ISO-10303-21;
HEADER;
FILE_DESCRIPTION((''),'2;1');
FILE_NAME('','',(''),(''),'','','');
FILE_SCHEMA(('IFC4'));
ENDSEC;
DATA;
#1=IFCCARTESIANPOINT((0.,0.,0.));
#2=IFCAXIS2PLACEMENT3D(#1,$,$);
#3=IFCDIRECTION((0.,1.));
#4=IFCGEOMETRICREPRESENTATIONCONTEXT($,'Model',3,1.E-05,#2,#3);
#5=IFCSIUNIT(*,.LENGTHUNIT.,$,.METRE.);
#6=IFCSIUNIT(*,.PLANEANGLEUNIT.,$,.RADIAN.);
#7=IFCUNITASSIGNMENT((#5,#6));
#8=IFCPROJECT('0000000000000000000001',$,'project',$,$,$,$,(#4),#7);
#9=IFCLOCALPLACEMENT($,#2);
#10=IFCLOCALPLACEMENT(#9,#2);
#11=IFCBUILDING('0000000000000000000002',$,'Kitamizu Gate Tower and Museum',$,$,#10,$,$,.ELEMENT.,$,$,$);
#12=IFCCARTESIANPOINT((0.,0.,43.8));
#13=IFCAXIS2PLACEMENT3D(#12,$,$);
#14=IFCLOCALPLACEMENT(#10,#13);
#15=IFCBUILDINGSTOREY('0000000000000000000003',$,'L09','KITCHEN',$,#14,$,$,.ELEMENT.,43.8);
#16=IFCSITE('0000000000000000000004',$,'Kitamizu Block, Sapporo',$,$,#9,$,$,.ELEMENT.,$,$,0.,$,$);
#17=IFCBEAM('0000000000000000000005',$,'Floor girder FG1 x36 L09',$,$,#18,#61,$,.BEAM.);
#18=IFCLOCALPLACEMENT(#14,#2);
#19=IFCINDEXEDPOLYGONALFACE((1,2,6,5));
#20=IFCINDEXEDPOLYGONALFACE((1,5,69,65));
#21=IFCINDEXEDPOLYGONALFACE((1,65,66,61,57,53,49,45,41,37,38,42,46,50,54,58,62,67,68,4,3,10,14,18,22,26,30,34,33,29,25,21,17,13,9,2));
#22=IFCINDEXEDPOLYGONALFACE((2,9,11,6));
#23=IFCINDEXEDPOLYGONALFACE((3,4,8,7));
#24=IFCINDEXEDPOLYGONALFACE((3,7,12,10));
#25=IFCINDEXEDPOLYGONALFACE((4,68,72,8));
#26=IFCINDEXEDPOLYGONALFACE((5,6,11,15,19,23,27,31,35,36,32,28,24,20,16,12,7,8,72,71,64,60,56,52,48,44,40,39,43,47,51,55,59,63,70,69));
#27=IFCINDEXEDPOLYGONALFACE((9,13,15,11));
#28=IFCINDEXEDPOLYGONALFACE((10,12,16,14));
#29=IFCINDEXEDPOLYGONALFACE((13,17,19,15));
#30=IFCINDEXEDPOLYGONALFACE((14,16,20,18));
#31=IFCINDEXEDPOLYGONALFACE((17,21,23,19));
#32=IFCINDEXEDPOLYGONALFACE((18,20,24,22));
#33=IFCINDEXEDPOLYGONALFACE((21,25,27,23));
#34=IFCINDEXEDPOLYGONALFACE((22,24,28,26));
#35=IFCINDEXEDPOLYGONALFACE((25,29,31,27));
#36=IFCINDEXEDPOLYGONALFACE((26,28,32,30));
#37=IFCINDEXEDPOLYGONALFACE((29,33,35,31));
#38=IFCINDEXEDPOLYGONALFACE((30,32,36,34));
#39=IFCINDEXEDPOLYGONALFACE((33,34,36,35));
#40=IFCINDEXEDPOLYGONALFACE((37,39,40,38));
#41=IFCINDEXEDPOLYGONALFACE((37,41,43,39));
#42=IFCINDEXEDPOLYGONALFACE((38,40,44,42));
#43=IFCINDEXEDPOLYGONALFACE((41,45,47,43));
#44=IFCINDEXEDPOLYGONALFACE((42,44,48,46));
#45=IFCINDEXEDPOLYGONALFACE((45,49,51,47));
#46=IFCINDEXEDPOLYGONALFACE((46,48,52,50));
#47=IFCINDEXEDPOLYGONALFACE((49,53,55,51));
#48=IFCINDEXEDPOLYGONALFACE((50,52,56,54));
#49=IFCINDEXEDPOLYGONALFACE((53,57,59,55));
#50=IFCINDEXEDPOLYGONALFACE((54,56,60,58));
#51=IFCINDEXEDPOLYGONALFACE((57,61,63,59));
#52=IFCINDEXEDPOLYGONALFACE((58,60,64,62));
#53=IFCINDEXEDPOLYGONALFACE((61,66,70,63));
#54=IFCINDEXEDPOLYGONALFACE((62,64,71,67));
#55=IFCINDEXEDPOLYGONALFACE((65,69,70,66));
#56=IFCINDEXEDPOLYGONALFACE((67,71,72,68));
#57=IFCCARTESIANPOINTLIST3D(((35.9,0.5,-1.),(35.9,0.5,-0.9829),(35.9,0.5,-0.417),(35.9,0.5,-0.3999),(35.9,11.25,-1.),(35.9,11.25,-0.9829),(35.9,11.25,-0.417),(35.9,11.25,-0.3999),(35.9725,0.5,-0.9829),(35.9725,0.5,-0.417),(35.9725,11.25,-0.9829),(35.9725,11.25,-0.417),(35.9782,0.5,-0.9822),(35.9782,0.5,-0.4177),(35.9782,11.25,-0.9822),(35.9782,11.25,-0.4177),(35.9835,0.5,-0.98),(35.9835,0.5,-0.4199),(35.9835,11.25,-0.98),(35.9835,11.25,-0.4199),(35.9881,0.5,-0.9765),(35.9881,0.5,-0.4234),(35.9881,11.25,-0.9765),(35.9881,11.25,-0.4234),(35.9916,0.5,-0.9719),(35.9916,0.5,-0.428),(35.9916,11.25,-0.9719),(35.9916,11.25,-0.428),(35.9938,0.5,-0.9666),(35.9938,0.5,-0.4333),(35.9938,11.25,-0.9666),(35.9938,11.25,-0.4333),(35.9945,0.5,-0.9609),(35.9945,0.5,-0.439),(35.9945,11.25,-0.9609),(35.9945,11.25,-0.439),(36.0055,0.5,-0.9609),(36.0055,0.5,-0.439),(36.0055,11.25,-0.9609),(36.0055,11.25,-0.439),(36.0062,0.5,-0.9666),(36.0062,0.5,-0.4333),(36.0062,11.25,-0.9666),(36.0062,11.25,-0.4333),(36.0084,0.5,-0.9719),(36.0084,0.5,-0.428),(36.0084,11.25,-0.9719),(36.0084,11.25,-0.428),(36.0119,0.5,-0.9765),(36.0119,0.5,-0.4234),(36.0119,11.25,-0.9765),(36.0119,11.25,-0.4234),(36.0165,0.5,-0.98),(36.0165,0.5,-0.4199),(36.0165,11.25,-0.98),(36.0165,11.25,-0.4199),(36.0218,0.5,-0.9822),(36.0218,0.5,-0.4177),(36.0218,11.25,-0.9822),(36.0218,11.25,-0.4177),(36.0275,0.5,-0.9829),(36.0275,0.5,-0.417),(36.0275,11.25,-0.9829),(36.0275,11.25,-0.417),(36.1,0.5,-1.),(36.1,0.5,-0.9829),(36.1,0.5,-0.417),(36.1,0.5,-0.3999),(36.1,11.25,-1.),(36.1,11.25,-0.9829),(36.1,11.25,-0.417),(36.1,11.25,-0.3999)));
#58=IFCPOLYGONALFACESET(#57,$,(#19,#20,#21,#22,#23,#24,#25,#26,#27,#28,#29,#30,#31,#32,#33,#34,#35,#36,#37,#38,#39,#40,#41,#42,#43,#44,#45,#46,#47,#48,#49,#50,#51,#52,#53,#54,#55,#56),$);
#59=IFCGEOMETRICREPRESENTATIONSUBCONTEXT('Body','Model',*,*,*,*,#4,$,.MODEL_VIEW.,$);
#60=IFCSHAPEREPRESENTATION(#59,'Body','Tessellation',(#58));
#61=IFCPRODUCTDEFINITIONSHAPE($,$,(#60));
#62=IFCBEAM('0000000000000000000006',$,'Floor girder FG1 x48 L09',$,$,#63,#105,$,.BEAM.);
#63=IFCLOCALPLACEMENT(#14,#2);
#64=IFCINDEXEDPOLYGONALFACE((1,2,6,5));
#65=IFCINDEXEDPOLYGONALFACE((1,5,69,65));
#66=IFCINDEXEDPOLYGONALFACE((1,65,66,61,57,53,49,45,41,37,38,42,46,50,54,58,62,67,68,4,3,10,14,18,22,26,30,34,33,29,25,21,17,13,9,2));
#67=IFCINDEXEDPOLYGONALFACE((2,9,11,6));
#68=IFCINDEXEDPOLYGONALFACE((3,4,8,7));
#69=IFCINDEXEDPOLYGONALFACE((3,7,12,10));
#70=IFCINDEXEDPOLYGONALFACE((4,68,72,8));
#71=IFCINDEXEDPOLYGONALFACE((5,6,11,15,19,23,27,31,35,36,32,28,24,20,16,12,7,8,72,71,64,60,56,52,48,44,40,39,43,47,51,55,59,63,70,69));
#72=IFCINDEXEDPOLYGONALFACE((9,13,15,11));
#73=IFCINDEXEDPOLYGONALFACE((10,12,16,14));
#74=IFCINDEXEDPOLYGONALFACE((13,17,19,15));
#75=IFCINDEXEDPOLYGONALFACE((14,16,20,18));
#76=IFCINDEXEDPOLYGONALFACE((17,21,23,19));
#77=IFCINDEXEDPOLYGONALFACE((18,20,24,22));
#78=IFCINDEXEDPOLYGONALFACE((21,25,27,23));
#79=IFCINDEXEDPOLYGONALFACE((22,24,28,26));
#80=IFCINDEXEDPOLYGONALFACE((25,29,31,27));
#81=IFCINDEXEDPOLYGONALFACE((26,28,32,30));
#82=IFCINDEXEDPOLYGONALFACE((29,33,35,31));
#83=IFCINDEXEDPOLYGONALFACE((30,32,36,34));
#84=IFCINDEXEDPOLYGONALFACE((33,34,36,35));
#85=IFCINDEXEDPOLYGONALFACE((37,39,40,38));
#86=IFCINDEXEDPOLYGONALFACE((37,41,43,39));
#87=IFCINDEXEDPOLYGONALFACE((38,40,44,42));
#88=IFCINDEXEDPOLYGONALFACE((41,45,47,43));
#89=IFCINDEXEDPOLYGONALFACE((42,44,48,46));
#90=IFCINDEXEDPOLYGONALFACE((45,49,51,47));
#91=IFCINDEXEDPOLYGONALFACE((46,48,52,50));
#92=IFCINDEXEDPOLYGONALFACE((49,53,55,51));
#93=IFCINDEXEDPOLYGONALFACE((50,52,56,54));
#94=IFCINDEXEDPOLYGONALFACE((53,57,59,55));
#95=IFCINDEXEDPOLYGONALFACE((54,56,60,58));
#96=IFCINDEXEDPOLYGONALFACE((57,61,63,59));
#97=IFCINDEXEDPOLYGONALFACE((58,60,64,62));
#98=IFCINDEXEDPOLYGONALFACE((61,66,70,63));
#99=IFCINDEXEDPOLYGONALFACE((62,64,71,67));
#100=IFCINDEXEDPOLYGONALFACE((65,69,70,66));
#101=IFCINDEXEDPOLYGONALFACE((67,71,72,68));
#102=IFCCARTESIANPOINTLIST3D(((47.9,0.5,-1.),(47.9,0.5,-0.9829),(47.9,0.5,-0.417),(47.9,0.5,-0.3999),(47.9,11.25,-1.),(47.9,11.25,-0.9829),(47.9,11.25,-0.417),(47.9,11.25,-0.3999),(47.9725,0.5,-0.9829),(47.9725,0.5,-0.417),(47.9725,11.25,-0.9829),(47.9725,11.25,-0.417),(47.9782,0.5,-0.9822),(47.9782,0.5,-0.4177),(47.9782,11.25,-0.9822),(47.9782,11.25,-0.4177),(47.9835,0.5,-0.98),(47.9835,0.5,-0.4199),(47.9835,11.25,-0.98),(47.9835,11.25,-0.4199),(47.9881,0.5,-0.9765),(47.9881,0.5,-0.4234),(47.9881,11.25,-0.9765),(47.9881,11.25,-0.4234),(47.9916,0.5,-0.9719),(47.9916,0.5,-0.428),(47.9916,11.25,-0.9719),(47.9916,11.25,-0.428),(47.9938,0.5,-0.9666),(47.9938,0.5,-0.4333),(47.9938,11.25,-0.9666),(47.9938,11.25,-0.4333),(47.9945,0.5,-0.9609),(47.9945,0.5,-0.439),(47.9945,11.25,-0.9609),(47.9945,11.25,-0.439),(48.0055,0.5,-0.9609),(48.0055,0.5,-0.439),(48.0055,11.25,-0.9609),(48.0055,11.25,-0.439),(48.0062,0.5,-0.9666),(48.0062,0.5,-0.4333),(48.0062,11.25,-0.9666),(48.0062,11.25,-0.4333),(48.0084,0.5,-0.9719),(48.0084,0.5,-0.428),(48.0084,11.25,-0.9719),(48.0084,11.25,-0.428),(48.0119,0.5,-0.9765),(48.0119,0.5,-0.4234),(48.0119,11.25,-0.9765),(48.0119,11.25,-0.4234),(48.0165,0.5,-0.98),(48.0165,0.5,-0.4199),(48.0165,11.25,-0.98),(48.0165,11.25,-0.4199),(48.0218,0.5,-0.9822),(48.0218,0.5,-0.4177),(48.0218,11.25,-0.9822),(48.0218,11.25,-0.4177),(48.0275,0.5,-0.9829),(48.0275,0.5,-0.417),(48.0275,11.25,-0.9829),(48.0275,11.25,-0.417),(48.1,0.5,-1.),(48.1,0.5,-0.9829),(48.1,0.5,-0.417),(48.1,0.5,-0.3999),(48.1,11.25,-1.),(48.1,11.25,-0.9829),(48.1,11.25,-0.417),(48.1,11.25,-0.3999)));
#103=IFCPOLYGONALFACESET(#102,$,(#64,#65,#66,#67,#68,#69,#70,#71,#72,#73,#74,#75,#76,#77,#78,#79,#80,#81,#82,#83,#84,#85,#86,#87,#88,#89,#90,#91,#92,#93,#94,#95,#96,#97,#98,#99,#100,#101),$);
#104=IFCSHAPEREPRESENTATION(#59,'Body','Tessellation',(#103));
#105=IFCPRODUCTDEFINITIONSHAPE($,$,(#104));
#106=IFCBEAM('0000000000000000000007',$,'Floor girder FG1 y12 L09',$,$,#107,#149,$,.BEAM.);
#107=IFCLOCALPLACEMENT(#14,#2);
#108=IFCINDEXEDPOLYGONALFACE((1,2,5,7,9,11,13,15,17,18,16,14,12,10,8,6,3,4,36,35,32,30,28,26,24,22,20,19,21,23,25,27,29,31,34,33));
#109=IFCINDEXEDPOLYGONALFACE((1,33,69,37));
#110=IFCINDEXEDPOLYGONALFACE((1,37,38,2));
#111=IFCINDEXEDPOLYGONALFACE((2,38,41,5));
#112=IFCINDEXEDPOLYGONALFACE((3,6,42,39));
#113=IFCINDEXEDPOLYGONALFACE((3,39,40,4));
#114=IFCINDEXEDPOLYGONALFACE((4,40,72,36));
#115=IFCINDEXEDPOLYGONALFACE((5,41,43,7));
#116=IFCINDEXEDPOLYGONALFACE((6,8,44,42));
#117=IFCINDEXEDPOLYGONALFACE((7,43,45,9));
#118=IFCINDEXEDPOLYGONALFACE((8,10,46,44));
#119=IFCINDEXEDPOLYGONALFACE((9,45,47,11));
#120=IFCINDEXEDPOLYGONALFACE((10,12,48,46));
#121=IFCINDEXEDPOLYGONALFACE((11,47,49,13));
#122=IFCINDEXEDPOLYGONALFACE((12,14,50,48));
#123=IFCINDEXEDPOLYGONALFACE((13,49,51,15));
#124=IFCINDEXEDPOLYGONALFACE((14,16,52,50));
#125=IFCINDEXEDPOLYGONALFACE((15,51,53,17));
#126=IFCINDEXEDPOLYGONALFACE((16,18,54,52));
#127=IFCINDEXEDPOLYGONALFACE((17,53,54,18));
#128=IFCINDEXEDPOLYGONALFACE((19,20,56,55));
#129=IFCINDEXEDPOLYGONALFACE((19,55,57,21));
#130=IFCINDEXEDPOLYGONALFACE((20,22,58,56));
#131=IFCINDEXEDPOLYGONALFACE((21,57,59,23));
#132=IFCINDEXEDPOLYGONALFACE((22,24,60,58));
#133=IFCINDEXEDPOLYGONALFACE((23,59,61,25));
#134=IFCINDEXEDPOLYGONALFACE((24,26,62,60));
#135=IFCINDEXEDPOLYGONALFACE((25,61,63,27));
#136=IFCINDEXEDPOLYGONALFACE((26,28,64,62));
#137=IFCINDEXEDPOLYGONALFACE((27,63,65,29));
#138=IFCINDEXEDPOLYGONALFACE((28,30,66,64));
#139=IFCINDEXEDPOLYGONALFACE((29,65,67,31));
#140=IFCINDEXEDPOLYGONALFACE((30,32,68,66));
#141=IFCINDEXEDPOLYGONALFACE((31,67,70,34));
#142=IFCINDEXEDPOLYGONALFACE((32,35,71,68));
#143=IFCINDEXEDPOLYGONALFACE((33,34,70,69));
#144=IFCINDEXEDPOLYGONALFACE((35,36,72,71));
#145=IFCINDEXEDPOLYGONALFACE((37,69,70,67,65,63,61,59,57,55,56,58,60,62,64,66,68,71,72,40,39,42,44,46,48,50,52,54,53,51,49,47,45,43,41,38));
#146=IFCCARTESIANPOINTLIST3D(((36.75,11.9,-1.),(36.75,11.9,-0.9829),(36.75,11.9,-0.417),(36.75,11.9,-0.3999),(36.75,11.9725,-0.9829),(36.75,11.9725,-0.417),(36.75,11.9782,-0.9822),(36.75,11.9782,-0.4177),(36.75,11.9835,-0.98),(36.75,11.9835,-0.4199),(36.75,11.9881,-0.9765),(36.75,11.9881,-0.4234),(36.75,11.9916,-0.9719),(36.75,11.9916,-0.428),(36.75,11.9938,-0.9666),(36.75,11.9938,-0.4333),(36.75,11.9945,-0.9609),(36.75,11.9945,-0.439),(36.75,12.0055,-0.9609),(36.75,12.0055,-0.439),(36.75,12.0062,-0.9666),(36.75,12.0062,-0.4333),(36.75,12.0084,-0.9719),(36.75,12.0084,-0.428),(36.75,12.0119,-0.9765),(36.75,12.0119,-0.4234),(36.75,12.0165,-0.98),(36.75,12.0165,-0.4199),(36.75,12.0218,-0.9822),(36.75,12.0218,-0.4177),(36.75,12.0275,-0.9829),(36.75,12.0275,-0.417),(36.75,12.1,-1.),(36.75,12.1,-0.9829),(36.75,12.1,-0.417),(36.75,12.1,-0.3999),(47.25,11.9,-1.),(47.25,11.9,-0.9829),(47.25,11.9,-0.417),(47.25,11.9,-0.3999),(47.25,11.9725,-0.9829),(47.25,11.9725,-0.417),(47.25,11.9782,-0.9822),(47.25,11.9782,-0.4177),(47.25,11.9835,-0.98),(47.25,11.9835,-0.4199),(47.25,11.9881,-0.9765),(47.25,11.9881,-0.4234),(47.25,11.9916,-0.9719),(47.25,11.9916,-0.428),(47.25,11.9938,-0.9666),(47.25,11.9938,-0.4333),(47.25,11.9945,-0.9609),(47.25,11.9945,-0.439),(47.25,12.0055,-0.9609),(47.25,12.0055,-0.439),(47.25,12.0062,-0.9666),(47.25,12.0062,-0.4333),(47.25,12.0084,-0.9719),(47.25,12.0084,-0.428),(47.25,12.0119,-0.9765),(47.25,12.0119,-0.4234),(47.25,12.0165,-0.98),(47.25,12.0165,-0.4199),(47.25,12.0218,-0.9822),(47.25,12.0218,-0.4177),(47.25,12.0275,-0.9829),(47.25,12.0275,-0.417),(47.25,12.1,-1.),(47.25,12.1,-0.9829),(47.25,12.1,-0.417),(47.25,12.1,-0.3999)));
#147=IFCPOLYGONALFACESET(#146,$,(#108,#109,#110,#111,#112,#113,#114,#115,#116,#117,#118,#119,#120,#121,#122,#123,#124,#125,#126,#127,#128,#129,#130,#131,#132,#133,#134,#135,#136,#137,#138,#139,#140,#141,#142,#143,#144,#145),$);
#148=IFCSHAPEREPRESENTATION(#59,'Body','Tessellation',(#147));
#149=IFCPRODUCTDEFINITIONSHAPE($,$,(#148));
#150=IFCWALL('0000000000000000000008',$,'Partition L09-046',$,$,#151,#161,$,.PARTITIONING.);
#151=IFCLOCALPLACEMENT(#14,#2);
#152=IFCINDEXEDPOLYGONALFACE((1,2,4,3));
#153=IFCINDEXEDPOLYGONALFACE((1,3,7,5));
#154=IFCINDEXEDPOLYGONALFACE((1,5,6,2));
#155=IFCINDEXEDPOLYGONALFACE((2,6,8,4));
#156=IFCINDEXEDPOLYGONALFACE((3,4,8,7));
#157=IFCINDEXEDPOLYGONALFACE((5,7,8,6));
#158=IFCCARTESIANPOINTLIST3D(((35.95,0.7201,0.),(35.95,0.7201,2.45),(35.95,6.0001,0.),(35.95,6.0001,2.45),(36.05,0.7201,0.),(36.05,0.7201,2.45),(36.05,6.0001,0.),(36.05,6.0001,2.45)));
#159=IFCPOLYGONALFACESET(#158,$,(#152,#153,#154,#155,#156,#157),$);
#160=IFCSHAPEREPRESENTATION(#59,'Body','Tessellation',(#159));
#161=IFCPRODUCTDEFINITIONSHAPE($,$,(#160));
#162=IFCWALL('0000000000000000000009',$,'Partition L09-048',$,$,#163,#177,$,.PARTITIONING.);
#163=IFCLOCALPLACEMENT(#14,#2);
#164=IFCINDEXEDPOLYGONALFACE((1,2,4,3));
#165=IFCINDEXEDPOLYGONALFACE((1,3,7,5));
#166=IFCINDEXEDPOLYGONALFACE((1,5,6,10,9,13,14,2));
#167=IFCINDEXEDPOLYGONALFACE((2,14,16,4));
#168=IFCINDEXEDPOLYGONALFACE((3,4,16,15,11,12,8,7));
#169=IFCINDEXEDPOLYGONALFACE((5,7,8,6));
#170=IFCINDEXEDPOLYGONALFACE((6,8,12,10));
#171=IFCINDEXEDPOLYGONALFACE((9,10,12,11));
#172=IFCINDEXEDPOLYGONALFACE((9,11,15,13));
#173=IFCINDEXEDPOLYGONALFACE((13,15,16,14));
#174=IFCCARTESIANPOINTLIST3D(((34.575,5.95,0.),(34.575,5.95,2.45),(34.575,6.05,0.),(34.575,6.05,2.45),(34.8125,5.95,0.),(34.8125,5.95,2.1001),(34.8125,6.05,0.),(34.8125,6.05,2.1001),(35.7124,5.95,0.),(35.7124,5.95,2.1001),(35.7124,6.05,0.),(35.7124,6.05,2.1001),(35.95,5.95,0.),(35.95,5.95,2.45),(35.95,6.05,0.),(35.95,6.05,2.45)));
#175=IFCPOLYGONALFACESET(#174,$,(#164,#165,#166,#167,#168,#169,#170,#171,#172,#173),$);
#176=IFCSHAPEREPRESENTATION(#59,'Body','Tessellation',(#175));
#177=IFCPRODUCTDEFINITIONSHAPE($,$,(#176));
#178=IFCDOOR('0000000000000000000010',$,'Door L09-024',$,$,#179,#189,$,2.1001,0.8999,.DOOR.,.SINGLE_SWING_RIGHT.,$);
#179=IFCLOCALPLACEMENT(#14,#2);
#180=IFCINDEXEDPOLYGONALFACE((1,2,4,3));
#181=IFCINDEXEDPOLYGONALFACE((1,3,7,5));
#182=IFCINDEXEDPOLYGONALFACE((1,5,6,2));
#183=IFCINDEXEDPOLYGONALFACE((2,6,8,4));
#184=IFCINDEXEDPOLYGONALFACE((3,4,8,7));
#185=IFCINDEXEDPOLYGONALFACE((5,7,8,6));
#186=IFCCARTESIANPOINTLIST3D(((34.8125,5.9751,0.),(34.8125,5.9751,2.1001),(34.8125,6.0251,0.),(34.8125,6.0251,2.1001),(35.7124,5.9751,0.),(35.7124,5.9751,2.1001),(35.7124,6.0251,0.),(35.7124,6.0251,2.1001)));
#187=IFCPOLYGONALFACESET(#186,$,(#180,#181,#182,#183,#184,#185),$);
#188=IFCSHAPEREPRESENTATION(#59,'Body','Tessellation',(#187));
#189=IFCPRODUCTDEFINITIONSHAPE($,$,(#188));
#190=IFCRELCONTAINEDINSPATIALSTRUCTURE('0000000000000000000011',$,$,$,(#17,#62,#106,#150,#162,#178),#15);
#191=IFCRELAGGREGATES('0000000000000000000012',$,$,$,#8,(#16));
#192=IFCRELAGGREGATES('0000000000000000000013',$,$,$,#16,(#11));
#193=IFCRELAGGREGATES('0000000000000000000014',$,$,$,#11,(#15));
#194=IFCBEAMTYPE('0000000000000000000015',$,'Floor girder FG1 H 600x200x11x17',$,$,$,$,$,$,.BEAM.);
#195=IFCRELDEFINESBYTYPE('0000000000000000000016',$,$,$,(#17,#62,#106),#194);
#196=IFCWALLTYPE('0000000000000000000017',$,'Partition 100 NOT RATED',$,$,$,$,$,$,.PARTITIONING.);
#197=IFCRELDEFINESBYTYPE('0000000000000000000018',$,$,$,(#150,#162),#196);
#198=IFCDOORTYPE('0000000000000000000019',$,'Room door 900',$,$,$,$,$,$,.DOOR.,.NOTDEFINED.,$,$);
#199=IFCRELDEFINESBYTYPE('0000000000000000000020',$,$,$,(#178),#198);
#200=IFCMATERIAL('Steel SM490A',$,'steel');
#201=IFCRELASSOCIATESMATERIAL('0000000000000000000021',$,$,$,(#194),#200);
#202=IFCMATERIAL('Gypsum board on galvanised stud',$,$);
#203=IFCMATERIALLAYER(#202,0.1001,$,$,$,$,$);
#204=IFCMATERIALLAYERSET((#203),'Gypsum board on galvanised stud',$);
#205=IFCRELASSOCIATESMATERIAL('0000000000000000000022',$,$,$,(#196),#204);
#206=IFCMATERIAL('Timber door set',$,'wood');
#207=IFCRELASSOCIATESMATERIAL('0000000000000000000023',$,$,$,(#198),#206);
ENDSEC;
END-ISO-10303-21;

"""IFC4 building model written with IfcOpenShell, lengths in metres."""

from ifc_helpers import new_model, si_unit, direction, frame, frame_2d, origin, origin_2d, place, context, subcontext, project, spatial, rectangle, i_section, extrude, material, layer, layer_set, material_profile, profile_set, type_object, element, fill, save


model = new_model("IFC4")

# Units and contexts
model_context = context("Model", 3, precision=1e-05, world=origin(), true_north=direction((0.0, 1.0)))
body_context = subcontext(model_context, "Body", "Model", "MODEL_VIEW")
ifc_project = project(units=[si_unit("LENGTHUNIT", "METRE"), si_unit("PLANEANGLEUNIT", "RADIAN")], contexts=[model_context])

# Site, building, storey
site_placement = place(None, origin())
site = spatial("IfcSite", under=ifc_project, at=site_placement, Name="Kitamizu Block, Sapporo", CompositionType="ELEMENT", RefElevation=0.0)
building_placement = place(site_placement, origin())
building = spatial("IfcBuilding", under=site, at=building_placement, Name="Kitamizu Gate Tower and Museum", CompositionType="ELEMENT")
storey_placement = place(building_placement, frame((0.0, 0.0, 43.8)))
storey = spatial("IfcBuildingStorey", under=building, at=storey_placement, Name="L09", Description="KITCHEN", CompositionType="ELEMENT", Elevation=43.8)

# Beams
ifc_material_1 = material(Name="Steel SM490A", Category="steel")
ifc_material_profile_1 = material_profile(ifc_material_1, i_section(OverallWidth=0.2, OverallDepth=0.6001, WebThickness=0.011, FlangeThickness=0.0171, FilletRadius=0.022, at=origin_2d()), Name="H-600x200x11x17")
ifc_profile_set_1 = profile_set([ifc_material_profile_1], Name="Steel SM490A")
beam_type_1 = type_object("IfcBeamType", Name="Floor girder FG1 H 600x200x11x17", PredefinedType="BEAM", material=ifc_profile_set_1)
for number, where, z_axis, x_axis, name in (
    (1, (36.0, 0.5, -0.7), (0.0, 1.0, 0.0), (-1.0, 0.0, 0.0), "Floor girder FG1 x36 L09"),
    (2, (48.0, 0.5, -0.7), (0.0, 1.0, 0.0), (-1.0, 0.0, 0.0), "Floor girder FG1 x48 L09"),
):
    element("IfcBeam", number, at=place(storey_placement, frame(where, z_axis=z_axis, x_axis=x_axis)), inside=storey, type_object=beam_type_1, Name=name, PredefinedType="BEAM", context=body_context, shape_type="SweptSolid", body=[
        extrude(i_section(OverallWidth=0.2, OverallDepth=0.6001, WebThickness=0.011, FlangeThickness=0.0171, FilletRadius=0.022, at=origin_2d()), origin(), (0.0, 0.0, 1.0), 10.75),
    ])
beam_placement = place(storey_placement, frame((36.75, 12.0, -0.7), z_axis=(1.0, 0.0, 0.0), x_axis=(0.0, 1.0, 0.0)))
element("IfcBeam", 3, at=beam_placement, inside=storey, type_object=beam_type_1, Name="Floor girder FG1 y12 L09", PredefinedType="BEAM", context=body_context, shape_type="SweptSolid", body=[
    extrude(i_section(OverallWidth=0.2, OverallDepth=0.6001, WebThickness=0.011, FlangeThickness=0.0171, FilletRadius=0.022, at=origin_2d()), origin(), (0.0, 0.0, 1.0), 10.5),
])

# Wall
ifc_material_2 = material(Name="Gypsum board on galvanised stud")
ifc_layer = layer(ifc_material_2, 0.1001)
ifc_layer_set = layer_set([ifc_layer], Name="Gypsum board on galvanised stud")
wall_type = type_object("IfcWallType", Name="Partition 100 NOT RATED", PredefinedType="PARTITIONING", material=ifc_layer_set)
wall_1_placement = place(storey_placement, frame((36.0, 0.72, 0.0), z_axis=(0.0, 0.0, 1.0), x_axis=(0.0, 1.0, 0.0)))
element("IfcWall", 4, at=wall_1_placement, inside=storey, type_object=wall_type, Name="Partition L09-046", PredefinedType="PARTITIONING", context=body_context, shape_type="SweptSolid", body=[
    extrude(rectangle(XDim=5.28, YDim=0.1001, at=frame_2d((2.6401, 0.0))), origin(), (0.0, 0.0, 1.0), 2.45),
])

# Wall, opening, door
wall_2_placement = place(storey_placement, frame((35.95, 6.0, 0.0), z_axis=(0.0, 0.0, 1.0), x_axis=(-1.0, 0.0, 0.0)))
wall_2 = element("IfcWall", 5, at=wall_2_placement, inside=storey, type_object=wall_type, Name="Partition L09-048", PredefinedType="PARTITIONING", context=body_context, shape_type="SweptSolid", body=[
    extrude(rectangle(XDim=1.375, YDim=0.1001, at=frame_2d((0.6875, 0.0))), origin(), (0.0, 0.0, 1.0), 2.45),
])
opening_1_placement = place(wall_2_placement, frame((0.2375, 0.0, 0.0)))
opening_1 = element("IfcOpeningElement", 6, at=opening_1_placement, cuts=wall_2, PredefinedType="OPENING", context=body_context, shape_type="SweptSolid", body=[
    extrude(rectangle(XDim=0.8999, YDim=2.1001, at=frame_2d((0.45, 1.05))), frame((0.0, 0.0601, 0.0), z_axis=(0.0, -1.0, 0.0), x_axis=(1.0, 0.0, 0.0)), (0.0, 0.0, 1.0), 0.1201),
])
ifc_material_3 = material(Name="Timber door set", Category="wood")
door_type = type_object("IfcDoorType", Name="Room door 900", OperationType="NOTDEFINED", PredefinedType="DOOR", material=ifc_material_3)
door_1_placement = place(opening_1_placement, origin())
door_1 = element("IfcDoor", 7, at=door_1_placement, inside=storey, type_object=door_type, Name="Door L09-024", OperationType="SINGLE_SWING_RIGHT", OverallHeight=2.1001, OverallWidth=0.8999, PredefinedType="DOOR", context=body_context, shape_type="SweptSolid", body=[
    extrude(rectangle(XDim=0.8999, YDim=2.1001, at=frame_2d((0.45, 1.05))), frame((0.0, 0.0249, 0.0), z_axis=(0.0, -1.0, 0.0), x_axis=(1.0, 0.0, 0.0)), (0.0, 0.0, 1.0), 0.05),
])
fill(opening_1, door_1)

save(model, "model.ifc")
